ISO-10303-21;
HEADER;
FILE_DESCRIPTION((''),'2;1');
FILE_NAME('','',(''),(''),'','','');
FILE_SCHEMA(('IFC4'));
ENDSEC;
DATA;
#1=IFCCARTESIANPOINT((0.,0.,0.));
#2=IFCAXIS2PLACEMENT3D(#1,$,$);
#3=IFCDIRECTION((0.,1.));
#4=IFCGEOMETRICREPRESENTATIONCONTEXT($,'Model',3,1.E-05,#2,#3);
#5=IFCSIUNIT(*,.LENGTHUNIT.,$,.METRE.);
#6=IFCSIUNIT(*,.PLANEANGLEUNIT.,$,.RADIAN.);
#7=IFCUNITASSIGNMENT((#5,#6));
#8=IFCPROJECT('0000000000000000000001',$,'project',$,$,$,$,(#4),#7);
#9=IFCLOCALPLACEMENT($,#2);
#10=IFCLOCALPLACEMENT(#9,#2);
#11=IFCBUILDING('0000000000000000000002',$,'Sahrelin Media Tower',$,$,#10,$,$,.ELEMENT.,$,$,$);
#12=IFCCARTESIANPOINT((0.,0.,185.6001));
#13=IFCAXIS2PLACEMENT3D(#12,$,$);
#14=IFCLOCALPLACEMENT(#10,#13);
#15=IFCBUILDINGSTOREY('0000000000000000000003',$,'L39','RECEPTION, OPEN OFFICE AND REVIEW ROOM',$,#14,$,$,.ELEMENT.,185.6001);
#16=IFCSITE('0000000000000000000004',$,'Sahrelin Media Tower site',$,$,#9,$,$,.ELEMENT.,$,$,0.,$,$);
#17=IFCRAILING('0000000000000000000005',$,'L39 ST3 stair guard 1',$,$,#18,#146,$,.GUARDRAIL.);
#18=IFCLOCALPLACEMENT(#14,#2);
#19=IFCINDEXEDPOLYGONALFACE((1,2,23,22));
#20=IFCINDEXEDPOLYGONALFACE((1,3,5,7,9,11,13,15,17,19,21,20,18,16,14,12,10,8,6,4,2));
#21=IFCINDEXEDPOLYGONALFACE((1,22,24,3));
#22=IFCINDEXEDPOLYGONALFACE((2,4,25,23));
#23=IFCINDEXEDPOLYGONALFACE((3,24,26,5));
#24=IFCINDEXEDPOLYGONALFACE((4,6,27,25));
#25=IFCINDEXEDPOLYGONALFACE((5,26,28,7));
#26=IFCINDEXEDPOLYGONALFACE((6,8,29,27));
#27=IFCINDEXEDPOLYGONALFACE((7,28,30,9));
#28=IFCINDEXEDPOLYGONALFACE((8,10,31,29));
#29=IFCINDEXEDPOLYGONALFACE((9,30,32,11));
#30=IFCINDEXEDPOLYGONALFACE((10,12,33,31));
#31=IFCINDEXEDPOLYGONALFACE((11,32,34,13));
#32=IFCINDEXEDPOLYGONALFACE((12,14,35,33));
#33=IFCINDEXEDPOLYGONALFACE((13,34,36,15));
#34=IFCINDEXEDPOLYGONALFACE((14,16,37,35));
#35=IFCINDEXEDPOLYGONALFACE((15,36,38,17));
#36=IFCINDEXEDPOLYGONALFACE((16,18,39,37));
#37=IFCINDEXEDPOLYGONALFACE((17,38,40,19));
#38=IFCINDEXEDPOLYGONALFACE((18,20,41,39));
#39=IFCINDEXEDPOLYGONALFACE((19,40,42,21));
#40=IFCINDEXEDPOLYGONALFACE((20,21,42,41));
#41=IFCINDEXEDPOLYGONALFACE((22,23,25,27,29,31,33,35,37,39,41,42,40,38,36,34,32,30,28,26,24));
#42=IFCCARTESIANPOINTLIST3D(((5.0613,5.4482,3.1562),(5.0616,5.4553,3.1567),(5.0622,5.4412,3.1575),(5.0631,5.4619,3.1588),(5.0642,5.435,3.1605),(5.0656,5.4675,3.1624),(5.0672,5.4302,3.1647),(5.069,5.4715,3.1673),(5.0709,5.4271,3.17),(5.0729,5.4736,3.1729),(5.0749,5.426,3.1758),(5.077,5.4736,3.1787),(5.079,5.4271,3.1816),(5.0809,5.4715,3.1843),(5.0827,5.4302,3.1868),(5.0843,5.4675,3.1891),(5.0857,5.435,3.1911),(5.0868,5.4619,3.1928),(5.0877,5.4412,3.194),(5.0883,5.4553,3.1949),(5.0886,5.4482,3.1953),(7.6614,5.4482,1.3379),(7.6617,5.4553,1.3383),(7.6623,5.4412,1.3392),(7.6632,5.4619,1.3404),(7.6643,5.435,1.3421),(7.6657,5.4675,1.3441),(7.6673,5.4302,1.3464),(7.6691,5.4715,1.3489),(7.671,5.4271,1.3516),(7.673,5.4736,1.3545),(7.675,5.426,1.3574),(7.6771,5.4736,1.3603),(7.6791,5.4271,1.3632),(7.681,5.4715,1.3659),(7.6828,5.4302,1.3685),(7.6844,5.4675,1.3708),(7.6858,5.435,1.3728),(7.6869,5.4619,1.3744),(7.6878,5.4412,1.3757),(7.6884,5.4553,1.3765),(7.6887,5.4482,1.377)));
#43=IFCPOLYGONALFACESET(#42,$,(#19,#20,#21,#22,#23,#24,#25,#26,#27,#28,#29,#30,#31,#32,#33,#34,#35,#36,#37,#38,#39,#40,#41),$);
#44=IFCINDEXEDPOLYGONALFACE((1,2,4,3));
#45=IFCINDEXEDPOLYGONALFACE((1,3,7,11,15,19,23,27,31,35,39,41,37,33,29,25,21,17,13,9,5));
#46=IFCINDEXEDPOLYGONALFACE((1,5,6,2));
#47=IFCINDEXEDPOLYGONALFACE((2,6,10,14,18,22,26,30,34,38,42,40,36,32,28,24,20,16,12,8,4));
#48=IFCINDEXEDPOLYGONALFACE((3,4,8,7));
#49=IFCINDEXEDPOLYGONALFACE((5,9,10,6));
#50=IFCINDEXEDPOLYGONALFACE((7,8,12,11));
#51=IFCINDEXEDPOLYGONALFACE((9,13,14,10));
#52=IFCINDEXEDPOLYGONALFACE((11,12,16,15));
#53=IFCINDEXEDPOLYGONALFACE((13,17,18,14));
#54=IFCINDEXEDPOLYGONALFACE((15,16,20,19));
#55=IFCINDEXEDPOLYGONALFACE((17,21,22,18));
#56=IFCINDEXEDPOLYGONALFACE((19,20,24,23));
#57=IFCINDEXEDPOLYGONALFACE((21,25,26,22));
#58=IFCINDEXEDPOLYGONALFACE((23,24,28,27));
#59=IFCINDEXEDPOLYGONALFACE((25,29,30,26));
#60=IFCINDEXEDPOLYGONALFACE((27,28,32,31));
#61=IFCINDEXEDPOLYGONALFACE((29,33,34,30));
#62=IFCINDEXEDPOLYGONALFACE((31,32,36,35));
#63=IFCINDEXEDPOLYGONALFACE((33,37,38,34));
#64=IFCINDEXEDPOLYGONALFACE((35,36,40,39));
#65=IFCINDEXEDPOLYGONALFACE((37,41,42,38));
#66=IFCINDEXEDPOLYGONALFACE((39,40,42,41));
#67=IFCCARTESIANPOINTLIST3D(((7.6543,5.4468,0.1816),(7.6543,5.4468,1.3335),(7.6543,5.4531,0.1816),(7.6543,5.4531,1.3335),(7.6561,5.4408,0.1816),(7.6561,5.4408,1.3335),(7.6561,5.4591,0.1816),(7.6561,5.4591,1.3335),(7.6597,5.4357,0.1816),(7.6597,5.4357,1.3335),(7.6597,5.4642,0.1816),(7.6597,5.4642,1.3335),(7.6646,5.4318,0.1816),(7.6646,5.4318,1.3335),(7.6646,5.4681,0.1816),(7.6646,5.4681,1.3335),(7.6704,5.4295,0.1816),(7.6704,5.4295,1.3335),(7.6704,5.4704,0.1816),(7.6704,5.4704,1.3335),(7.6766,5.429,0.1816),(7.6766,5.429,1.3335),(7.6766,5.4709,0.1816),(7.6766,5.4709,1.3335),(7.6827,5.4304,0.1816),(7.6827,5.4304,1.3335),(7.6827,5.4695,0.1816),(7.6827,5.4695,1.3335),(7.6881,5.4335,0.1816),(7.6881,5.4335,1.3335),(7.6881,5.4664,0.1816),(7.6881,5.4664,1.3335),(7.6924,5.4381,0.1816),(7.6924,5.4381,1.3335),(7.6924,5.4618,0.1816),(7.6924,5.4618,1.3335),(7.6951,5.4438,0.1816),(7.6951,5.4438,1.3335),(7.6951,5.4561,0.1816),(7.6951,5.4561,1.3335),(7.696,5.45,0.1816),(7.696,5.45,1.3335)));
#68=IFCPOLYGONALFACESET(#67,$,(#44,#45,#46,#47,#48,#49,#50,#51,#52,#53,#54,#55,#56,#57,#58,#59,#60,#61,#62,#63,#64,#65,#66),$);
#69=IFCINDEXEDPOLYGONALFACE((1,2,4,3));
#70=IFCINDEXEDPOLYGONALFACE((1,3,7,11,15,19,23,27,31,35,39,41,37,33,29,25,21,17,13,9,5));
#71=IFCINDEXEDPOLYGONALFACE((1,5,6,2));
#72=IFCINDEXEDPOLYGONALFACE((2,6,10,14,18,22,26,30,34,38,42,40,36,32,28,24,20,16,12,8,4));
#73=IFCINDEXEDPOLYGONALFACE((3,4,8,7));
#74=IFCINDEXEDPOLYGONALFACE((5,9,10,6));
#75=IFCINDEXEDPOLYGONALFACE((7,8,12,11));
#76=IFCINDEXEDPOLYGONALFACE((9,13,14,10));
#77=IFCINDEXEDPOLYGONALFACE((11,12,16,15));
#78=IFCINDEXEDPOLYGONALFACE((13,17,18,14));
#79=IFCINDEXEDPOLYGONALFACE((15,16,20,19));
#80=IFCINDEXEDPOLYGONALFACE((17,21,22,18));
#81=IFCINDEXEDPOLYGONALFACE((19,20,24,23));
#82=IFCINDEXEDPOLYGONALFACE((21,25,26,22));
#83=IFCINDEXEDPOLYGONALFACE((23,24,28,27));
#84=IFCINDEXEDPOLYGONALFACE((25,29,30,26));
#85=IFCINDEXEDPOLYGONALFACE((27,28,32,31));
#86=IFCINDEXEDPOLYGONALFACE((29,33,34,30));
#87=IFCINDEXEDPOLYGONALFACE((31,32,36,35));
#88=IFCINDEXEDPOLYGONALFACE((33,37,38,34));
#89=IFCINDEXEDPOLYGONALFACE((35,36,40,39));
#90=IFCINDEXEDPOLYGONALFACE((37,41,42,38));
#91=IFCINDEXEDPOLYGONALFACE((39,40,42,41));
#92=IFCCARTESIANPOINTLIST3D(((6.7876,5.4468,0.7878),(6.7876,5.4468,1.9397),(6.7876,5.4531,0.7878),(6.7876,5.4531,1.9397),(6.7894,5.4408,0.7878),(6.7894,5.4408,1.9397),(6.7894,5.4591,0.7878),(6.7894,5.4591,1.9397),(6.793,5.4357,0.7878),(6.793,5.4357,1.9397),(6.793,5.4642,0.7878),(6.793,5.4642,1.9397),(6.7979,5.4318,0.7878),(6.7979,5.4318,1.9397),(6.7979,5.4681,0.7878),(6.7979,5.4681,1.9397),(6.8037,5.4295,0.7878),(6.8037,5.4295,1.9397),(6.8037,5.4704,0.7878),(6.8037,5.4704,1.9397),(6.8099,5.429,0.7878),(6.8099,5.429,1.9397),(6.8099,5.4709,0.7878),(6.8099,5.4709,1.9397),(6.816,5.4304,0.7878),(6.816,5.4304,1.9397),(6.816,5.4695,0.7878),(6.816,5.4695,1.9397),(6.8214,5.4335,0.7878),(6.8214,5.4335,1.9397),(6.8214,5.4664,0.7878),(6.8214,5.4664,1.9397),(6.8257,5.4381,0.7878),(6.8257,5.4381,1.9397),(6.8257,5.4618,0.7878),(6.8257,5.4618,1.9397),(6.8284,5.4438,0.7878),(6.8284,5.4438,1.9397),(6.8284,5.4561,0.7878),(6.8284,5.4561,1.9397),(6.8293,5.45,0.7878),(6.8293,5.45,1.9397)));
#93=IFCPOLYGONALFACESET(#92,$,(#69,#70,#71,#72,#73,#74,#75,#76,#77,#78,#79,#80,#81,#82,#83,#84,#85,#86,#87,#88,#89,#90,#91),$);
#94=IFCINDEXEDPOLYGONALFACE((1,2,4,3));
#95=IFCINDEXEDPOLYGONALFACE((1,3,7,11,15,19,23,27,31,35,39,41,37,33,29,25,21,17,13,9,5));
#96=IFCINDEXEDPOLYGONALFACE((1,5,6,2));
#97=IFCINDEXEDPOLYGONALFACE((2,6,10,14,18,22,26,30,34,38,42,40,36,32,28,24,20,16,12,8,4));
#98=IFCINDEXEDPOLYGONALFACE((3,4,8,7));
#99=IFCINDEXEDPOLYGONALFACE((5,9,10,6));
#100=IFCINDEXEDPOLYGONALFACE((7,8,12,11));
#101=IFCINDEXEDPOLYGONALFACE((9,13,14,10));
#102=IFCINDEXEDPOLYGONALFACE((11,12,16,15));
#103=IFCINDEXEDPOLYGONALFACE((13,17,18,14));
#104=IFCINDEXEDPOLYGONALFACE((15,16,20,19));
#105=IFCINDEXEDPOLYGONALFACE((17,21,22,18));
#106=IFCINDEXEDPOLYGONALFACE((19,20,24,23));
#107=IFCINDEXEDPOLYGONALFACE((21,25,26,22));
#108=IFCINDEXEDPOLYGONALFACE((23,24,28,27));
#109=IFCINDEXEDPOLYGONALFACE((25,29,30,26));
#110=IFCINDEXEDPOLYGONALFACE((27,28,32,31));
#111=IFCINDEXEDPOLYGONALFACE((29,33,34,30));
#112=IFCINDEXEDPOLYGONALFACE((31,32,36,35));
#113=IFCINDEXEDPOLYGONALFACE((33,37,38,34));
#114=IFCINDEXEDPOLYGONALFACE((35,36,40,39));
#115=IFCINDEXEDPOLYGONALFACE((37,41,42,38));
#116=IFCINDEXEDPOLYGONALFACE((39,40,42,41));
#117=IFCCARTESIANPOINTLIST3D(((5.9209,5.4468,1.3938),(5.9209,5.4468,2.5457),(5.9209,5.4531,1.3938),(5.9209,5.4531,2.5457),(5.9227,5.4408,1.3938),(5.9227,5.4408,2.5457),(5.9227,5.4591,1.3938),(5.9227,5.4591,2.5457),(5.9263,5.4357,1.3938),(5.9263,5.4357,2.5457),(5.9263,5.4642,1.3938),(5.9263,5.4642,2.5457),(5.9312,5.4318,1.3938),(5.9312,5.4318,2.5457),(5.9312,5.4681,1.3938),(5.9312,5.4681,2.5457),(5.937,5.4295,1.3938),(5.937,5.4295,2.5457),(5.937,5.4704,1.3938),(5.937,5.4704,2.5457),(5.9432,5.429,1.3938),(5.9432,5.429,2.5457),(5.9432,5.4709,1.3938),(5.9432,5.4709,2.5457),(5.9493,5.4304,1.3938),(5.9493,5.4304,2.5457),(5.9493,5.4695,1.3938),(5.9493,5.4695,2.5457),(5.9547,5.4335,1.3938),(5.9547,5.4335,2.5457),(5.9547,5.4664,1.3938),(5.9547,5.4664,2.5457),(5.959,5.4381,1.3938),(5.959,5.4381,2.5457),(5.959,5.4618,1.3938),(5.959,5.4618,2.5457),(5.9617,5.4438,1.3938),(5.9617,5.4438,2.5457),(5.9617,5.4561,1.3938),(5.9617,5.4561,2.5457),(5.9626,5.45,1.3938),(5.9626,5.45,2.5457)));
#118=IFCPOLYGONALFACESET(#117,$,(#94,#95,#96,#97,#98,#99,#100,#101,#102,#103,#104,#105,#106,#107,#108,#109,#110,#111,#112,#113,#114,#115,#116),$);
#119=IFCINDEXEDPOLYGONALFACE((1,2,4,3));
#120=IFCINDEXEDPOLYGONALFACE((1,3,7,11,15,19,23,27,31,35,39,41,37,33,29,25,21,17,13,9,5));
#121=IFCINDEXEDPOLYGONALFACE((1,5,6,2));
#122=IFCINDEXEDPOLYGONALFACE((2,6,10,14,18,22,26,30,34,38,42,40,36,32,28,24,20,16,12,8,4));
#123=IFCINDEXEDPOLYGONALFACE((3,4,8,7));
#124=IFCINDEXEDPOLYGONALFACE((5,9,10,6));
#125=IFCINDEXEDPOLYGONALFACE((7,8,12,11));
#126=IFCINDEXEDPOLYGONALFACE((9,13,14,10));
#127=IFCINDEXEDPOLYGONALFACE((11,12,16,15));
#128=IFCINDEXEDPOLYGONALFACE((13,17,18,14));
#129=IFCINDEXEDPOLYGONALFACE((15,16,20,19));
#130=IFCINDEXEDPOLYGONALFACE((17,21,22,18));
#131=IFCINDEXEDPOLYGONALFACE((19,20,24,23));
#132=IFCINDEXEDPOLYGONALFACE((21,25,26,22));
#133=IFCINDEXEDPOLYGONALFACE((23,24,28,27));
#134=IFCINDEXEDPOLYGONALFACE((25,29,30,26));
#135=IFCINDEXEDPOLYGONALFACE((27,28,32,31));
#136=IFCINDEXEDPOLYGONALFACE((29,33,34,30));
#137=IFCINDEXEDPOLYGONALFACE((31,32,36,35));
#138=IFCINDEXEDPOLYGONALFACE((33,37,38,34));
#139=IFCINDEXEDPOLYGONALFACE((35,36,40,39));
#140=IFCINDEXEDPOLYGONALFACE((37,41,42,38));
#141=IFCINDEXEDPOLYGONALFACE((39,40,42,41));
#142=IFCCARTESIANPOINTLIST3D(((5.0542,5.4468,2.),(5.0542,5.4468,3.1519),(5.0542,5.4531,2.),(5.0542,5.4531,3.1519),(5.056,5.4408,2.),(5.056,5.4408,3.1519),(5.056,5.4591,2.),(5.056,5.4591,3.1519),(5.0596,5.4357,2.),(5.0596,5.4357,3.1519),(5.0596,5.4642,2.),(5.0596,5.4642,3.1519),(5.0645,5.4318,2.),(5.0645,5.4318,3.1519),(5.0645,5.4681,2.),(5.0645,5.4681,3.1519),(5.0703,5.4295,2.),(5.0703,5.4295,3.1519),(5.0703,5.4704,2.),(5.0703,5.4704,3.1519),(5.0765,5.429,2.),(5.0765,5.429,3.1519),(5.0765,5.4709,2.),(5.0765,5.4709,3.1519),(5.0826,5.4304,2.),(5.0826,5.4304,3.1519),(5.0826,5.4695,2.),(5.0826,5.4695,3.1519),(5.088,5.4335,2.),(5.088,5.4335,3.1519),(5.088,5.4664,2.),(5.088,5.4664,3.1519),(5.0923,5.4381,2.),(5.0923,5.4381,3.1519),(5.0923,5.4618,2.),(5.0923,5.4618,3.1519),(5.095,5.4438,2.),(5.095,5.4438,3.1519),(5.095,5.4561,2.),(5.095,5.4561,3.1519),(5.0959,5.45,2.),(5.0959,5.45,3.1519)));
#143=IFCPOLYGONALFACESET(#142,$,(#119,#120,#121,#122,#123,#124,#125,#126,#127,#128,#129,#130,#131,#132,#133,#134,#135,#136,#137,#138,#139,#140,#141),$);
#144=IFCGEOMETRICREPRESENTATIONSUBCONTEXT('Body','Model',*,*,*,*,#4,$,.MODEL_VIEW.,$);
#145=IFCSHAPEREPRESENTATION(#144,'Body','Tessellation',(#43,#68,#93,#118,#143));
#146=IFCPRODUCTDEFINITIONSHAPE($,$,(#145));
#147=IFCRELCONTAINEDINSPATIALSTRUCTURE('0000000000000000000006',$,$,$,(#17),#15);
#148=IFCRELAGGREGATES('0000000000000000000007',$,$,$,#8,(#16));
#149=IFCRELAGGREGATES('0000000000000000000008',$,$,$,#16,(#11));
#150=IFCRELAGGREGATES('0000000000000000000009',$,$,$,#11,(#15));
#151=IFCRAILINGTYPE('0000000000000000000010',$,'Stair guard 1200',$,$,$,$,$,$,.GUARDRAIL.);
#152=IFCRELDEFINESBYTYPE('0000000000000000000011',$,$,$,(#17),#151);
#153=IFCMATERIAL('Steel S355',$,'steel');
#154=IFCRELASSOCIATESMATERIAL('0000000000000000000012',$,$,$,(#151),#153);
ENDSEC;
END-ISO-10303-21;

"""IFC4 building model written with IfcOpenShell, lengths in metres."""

from ifc_helpers import new_model, si_unit, direction, frame, origin, origin_2d, place, context, subcontext, project, spatial, circle, extrude, material, type_object, element, save


model = new_model("IFC4")

# Units and contexts
model_context = context("Model", 3, precision=1e-05, world=origin(), true_north=direction((0.0, 1.0)))
body_context = subcontext(model_context, "Body", "Model", "MODEL_VIEW")
ifc_project = project(units=[si_unit("LENGTHUNIT", "METRE"), si_unit("PLANEANGLEUNIT", "RADIAN")], contexts=[model_context])

# Site, building, storey
site_placement = place(None, origin())
site = spatial("IfcSite", under=ifc_project, at=site_placement, Name="Sahrelin Media Tower site", CompositionType="ELEMENT", RefElevation=0.0)
building_placement = place(site_placement, origin())
building = spatial("IfcBuilding", under=site, at=building_placement, Name="Sahrelin Media Tower", CompositionType="ELEMENT")
storey_placement = place(building_placement, frame((0.0, 0.0, 185.6001)))
storey = spatial("IfcBuildingStorey", under=building, at=storey_placement, Name="L39", Description="RECEPTION, OPEN OFFICE AND REVIEW ROOM", CompositionType="ELEMENT", Elevation=185.6001)

# Shared definitions
ifc_material_1 = material(Name="Steel S355", Category="steel")

# Railing
railing_type_1 = type_object("IfcRailingType", Name="Stair guard 1200", PredefinedType="GUARDRAIL", material=ifc_material_1)
railing_1_placement = place(storey_placement, frame((7.675, 5.45, 0.1816)))
element("IfcRailing", 1, at=railing_1_placement, inside=storey, type_object=railing_type_1, Name="L39 ST3 stair guard 1", PredefinedType="GUARDRAIL", context=body_context, shape_type="SweptSolid", body=[
    extrude(circle(Radius=0.0239, at=origin_2d()), frame((0.0, 0.0, 1.1758), z_axis=(-0.819485, 0.0, 0.573101), x_axis=(0.0, -1.0, 0.0)), (0.0, 0.0, 1.0), 3.1729),
    extrude(circle(Radius=0.021, at=origin_2d()), origin(), (0.0, 0.0, 1.0), 1.1519),
    extrude(circle(Radius=0.021, at=origin_2d()), frame((-0.8667, 0.0, 0.6062)), (0.0, 0.0, 1.0), 1.1519),
    extrude(circle(Radius=0.021, at=origin_2d()), frame((-1.7334, 0.0, 1.2122)), (0.0, 0.0, 1.0), 1.1519),
    extrude(circle(Radius=0.021, at=origin_2d()), frame((-2.6001, 0.0, 1.8184)), (0.0, 0.0, 1.0), 1.1519),
])

save(model, "model.ifc")
